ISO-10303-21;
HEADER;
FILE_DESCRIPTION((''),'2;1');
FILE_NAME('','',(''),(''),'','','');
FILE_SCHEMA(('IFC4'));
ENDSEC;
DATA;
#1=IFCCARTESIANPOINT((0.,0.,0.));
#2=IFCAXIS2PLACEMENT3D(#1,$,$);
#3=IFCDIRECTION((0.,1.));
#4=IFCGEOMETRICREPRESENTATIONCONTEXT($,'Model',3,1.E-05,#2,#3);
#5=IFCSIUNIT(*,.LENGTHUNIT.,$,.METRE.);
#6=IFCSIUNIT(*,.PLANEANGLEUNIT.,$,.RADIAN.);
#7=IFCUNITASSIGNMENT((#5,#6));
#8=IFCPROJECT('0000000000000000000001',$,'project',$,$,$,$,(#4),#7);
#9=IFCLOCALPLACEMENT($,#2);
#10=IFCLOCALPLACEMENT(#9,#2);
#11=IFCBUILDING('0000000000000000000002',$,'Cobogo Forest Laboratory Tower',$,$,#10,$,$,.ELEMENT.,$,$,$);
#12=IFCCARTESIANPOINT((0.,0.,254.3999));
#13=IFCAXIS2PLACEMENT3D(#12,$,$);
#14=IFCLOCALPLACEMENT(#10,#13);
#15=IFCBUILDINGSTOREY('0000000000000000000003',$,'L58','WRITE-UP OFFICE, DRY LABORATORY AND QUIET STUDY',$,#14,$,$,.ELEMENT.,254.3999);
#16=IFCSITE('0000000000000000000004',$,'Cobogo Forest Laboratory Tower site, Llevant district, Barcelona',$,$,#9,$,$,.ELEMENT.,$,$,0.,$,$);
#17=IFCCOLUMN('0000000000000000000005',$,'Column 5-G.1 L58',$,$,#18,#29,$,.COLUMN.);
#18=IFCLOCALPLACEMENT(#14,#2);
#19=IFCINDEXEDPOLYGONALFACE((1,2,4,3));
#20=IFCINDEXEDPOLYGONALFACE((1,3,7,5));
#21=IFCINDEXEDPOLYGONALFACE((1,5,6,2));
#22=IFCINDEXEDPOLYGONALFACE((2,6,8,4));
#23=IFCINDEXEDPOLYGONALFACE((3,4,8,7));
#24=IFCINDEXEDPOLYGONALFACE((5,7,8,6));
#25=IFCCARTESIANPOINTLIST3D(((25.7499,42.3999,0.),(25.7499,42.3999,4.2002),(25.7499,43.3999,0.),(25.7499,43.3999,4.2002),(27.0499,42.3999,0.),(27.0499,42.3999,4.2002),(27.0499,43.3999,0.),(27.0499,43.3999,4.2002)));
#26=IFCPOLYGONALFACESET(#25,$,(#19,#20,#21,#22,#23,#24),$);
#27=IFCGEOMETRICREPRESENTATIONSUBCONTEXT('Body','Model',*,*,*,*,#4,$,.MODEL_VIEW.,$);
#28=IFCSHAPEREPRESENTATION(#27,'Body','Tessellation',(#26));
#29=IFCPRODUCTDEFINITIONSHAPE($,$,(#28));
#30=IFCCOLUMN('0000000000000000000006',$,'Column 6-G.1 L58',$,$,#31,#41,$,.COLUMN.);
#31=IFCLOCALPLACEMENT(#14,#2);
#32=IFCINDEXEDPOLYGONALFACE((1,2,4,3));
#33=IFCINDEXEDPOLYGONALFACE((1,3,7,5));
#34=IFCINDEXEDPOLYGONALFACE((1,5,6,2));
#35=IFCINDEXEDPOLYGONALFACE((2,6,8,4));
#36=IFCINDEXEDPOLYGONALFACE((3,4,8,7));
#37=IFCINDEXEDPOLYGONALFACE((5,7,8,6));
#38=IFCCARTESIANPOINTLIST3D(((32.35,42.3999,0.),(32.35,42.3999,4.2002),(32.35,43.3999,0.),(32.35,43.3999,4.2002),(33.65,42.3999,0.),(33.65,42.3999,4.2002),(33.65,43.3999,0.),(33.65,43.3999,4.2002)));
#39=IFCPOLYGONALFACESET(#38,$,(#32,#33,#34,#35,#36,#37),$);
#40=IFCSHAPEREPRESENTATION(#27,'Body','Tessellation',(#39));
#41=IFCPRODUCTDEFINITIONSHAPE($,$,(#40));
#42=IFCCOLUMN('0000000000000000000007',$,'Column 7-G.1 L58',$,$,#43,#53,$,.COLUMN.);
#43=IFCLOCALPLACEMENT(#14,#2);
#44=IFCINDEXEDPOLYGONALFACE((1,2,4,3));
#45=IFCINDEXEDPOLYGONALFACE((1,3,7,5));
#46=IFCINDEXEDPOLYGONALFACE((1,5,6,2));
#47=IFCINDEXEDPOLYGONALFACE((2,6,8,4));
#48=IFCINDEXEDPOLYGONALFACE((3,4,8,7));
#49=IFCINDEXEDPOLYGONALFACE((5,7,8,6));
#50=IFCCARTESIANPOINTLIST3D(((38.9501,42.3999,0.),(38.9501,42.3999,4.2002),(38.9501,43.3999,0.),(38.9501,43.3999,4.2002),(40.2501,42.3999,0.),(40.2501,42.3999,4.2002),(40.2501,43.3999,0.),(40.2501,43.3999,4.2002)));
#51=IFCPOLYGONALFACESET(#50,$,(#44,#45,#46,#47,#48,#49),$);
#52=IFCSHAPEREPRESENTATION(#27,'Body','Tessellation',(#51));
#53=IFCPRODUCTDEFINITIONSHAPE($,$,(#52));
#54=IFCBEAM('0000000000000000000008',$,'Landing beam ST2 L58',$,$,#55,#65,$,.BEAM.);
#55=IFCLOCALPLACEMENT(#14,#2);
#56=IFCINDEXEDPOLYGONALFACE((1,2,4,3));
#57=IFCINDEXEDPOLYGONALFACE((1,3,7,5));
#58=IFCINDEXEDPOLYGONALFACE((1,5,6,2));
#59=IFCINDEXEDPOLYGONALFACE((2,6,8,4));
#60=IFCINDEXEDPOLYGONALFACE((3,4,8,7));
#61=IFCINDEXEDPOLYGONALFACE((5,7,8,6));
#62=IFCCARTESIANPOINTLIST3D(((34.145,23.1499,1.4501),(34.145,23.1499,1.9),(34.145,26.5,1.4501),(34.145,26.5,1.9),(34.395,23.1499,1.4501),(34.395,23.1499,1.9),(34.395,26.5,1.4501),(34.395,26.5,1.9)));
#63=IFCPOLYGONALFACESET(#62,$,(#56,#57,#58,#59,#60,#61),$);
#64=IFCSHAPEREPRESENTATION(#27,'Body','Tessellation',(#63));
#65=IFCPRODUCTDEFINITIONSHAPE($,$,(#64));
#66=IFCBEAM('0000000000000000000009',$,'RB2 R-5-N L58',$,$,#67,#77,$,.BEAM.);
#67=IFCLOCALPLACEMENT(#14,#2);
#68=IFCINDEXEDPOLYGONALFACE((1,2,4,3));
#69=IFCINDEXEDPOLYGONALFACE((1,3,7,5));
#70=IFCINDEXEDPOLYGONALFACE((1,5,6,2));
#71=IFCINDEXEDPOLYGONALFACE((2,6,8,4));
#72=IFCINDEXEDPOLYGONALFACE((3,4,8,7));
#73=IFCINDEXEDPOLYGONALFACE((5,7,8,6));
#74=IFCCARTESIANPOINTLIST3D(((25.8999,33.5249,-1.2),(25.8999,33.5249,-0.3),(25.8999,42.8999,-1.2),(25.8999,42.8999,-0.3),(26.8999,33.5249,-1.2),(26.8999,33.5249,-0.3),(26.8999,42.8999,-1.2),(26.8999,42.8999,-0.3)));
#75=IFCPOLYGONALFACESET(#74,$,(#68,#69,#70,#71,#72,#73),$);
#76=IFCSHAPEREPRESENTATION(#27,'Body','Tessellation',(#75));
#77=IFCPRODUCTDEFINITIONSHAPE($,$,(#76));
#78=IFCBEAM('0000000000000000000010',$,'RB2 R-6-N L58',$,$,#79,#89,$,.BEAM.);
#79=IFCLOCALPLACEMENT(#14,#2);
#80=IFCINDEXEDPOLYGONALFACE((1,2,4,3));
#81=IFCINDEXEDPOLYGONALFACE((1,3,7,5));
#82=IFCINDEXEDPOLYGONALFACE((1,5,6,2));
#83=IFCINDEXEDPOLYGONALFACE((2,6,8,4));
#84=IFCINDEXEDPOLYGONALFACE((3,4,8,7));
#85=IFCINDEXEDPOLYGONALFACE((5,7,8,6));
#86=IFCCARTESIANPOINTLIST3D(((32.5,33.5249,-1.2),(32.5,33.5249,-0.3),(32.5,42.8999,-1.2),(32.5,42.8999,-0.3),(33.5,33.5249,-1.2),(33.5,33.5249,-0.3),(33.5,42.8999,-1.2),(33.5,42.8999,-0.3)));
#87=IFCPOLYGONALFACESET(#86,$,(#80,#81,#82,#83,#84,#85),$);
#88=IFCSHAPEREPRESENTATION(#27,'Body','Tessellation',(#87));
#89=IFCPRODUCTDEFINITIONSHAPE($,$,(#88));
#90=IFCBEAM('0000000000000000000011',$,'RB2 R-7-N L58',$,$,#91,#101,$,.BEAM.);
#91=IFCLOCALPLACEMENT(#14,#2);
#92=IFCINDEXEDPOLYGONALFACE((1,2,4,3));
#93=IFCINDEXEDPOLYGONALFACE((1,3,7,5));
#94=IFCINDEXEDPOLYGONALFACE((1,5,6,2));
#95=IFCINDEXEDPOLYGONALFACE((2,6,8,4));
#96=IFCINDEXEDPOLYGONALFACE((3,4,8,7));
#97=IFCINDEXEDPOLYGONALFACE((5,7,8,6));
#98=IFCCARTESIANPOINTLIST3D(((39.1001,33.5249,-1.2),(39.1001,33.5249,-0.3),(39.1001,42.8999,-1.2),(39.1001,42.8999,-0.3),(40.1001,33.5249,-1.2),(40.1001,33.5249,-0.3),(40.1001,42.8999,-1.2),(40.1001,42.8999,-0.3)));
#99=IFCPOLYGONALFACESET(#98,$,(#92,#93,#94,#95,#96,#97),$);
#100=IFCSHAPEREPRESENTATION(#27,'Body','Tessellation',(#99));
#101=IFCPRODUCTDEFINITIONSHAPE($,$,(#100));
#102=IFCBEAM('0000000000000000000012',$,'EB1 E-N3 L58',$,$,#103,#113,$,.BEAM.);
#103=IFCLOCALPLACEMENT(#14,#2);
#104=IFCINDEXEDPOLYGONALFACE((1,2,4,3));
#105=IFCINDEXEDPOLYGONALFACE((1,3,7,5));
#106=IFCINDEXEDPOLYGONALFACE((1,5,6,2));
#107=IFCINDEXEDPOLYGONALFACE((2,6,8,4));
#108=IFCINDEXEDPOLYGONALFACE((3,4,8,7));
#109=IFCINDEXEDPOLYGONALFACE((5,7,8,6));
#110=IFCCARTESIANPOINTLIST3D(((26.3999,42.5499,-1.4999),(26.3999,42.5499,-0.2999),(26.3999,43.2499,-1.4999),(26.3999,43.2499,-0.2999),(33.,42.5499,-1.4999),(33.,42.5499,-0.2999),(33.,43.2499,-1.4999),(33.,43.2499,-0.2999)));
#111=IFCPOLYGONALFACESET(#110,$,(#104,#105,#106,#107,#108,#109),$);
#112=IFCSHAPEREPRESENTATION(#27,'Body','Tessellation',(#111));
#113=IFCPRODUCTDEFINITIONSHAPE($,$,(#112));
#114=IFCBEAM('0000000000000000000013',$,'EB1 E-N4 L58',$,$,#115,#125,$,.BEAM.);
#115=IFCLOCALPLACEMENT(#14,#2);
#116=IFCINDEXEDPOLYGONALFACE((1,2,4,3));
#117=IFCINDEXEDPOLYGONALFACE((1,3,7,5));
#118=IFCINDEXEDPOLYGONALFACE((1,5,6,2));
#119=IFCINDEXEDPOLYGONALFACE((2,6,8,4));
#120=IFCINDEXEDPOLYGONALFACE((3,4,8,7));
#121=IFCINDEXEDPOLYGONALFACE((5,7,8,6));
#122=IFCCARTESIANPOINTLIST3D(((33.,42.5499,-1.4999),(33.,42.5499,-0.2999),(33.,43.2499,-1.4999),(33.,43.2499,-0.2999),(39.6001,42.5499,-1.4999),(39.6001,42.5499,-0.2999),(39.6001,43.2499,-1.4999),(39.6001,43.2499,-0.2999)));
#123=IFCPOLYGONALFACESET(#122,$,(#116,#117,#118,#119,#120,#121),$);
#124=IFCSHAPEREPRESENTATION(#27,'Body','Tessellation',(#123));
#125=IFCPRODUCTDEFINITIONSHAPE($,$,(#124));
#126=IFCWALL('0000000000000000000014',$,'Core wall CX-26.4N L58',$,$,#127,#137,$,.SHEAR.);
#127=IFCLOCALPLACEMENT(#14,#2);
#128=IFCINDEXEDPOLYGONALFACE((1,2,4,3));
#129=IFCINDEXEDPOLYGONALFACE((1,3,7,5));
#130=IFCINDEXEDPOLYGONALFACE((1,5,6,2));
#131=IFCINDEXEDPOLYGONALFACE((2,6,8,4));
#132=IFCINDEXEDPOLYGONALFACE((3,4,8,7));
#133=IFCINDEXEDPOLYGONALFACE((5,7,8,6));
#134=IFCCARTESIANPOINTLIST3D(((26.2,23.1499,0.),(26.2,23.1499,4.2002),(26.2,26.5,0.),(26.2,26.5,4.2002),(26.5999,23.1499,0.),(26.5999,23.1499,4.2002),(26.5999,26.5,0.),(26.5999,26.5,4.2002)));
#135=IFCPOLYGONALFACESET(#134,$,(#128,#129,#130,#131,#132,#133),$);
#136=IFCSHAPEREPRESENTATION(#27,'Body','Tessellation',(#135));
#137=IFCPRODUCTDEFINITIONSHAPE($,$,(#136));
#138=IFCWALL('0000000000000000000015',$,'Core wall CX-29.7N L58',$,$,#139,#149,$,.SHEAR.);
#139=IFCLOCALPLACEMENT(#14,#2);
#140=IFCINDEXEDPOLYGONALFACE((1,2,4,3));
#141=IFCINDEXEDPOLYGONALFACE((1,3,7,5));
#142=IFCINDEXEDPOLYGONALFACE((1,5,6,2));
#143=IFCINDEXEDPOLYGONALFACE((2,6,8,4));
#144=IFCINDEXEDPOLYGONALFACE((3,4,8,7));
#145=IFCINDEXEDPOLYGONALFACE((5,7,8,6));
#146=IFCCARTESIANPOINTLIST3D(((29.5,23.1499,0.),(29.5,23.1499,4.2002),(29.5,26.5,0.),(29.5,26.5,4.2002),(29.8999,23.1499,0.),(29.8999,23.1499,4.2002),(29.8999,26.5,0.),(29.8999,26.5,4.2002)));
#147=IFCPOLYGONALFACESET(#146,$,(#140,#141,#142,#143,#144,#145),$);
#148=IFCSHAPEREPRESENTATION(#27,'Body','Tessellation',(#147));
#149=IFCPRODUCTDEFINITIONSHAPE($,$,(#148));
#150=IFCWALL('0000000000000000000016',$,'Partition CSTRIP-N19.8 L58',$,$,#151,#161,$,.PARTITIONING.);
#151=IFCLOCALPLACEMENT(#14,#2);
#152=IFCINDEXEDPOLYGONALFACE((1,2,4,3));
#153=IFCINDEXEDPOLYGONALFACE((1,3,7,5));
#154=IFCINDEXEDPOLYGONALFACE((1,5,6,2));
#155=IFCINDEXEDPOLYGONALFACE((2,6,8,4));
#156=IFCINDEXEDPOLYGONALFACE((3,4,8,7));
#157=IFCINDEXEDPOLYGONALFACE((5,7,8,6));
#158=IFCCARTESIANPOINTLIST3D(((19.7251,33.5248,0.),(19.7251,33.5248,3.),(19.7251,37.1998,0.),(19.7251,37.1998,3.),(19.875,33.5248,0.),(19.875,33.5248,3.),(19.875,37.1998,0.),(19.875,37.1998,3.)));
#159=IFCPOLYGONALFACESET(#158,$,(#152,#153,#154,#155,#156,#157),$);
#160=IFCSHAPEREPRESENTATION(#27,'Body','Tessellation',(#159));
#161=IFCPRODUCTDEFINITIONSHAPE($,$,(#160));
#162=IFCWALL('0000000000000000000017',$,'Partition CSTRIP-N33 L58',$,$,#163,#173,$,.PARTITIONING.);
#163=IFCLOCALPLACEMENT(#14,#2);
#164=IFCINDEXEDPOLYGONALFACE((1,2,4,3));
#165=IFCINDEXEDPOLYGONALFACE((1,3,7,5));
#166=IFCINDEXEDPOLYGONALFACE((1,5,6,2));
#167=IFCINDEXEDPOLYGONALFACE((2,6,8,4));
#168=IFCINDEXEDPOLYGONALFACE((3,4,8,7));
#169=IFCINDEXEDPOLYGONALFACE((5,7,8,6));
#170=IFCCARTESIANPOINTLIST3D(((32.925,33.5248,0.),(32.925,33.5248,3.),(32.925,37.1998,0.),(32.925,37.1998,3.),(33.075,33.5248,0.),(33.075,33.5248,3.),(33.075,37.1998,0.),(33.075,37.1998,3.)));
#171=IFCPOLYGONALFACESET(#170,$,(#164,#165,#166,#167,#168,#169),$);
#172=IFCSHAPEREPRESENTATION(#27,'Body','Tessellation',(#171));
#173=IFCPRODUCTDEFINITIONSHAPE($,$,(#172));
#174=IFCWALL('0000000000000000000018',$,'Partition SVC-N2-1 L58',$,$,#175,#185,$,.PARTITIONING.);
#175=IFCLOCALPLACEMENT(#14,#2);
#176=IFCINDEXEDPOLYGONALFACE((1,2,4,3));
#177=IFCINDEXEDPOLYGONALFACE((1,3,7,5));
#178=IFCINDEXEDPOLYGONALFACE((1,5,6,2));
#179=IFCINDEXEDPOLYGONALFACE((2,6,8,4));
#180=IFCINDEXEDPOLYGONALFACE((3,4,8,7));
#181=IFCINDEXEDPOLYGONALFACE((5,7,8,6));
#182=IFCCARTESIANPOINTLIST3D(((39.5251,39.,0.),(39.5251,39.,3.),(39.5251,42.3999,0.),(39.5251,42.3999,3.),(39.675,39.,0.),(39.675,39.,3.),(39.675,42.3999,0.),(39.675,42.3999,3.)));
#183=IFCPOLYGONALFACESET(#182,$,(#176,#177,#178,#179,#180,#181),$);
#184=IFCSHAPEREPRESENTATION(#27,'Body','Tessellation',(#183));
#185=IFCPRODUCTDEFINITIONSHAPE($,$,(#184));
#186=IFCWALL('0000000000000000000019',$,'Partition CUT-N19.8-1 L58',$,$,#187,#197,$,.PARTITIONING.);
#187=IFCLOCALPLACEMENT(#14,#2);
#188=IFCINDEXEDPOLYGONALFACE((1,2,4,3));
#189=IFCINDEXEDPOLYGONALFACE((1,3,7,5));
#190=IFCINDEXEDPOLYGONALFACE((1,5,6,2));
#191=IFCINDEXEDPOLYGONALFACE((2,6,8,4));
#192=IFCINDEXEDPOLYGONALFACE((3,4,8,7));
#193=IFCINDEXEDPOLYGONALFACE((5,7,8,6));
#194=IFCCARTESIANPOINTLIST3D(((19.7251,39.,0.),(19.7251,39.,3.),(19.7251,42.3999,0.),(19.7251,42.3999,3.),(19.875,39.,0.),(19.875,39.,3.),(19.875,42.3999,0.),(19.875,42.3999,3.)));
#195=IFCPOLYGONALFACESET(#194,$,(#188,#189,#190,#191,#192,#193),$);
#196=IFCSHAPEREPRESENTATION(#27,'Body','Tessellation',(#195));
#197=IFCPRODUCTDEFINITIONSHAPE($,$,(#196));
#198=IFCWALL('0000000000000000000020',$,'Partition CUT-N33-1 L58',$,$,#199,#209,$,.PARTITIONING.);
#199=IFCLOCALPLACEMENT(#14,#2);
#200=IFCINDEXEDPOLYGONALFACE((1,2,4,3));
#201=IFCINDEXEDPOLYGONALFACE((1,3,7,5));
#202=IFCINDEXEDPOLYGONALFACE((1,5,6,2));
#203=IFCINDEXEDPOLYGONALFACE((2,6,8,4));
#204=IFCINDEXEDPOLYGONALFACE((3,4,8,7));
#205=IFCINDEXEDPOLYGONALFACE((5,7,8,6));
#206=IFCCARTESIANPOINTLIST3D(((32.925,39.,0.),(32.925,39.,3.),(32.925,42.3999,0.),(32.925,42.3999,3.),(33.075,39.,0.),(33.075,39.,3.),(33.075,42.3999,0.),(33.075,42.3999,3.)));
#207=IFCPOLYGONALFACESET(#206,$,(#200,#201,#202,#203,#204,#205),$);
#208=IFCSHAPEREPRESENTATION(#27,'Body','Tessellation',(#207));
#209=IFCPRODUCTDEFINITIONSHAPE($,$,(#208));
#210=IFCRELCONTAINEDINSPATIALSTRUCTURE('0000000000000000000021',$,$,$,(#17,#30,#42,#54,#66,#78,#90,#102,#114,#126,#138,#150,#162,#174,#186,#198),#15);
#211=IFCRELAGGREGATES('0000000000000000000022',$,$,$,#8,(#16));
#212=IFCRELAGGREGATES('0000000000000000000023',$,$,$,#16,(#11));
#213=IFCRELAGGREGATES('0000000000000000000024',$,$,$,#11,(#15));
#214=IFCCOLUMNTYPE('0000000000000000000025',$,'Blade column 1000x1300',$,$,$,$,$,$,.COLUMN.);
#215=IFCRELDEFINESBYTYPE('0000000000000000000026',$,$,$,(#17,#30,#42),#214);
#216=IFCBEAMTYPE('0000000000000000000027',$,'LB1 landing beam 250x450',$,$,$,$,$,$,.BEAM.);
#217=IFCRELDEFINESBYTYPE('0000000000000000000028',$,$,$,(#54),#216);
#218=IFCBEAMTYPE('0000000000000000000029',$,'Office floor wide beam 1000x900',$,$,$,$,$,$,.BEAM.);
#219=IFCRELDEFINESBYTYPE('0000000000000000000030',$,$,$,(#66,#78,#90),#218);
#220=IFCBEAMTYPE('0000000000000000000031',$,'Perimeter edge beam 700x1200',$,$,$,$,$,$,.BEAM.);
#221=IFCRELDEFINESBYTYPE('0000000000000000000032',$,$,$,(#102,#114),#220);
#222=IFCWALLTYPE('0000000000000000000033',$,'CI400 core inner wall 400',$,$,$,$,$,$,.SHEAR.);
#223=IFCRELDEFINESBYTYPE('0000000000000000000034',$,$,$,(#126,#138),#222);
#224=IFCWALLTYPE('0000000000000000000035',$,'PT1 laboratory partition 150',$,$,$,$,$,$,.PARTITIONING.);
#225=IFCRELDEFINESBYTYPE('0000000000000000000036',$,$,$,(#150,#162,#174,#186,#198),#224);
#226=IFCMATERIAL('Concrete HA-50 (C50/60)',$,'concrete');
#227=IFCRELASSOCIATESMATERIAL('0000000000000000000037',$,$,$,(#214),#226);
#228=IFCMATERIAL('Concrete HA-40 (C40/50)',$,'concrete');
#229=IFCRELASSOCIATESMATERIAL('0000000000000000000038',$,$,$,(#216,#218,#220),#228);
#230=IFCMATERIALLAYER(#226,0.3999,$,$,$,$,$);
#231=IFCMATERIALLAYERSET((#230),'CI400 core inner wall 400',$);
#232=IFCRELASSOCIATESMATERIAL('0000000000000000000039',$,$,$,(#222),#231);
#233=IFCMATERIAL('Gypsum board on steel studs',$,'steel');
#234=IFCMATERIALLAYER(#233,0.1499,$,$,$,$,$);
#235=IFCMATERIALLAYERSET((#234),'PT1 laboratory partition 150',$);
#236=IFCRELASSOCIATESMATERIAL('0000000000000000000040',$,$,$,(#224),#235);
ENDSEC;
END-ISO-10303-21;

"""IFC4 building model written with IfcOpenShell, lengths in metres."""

from ifc_helpers import new_model, si_unit, direction, frame, frame_2d, origin, origin_2d, place, context, subcontext, project, spatial, rectangle, extrude, material, layer, layer_set, material_profile, profile_set, type_object, element, save


model = new_model("IFC4")

# Units and contexts
model_context = context("Model", 3, precision=1e-05, world=origin(), true_north=direction((0.0, 1.0)))
body_context = subcontext(model_context, "Body", "Model", "MODEL_VIEW")
ifc_project = project(units=[si_unit("LENGTHUNIT", "METRE"), si_unit("PLANEANGLEUNIT", "RADIAN")], contexts=[model_context])

# Site, building, storey
site_placement = place(None, origin())
site = spatial("IfcSite", under=ifc_project, at=site_placement, Name="Cobogo Forest Laboratory Tower site, Llevant district, Barcelona", CompositionType="ELEMENT", RefElevation=0.0)
building_placement = place(site_placement, origin())
building = spatial("IfcBuilding", under=site, at=building_placement, Name="Cobogo Forest Laboratory Tower", CompositionType="ELEMENT")
storey_placement = place(building_placement, frame((0.0, 0.0, 254.3999)))
storey = spatial("IfcBuildingStorey", under=building, at=storey_placement, Name="L58", Description="WRITE-UP OFFICE, DRY LABORATORY AND QUIET STUDY", CompositionType="ELEMENT", Elevation=254.3999)

# Columns
ifc_material_1 = material(Name="Concrete HA-50 (C50/60)", Category="concrete")
ifc_material_profile_1 = material_profile(ifc_material_1, rectangle(XDim=1.3, YDim=1.0, at=origin_2d()), Name="RC 1000x1300")
ifc_profile_set_1 = profile_set([ifc_material_profile_1], Name="Concrete HA-50 (C50/60)")
column_type = type_object("IfcColumnType", Name="Blade column 1000x1300", PredefinedType="COLUMN", material=ifc_profile_set_1)
for number, where, z_axis, x_axis, name in (
    (1, (26.3999, 42.8999, 0.0), (0.0, 0.0, 1.0), (1.0, 0.0, 0.0), "Column 5-G.1 L58"),
    (2, (33.0, 42.8999, 0.0), (0.0, 0.0, 1.0), (1.0, 0.0, 0.0), "Column 6-G.1 L58"),
    (3, (39.6001, 42.8999, 0.0), (0.0, 0.0, 1.0), (1.0, 0.0, 0.0), "Column 7-G.1 L58"),
):
    element("IfcColumn", number, at=place(storey_placement, frame(where, z_axis=z_axis, x_axis=x_axis)), inside=storey, type_object=column_type, Name=name, PredefinedType="COLUMN", context=body_context, shape_type="SweptSolid", body=[
        extrude(rectangle(XDim=1.3, YDim=1.0, at=origin_2d()), origin(), (0.0, 0.0, 1.0), 4.2002),
    ])

# Beams
ifc_material_2 = material(Name="Concrete HA-40 (C40/50)", Category="concrete")
ifc_material_profile_2 = material_profile(ifc_material_2, rectangle(XDim=0.25, YDim=0.45, at=origin_2d()), Name="RC 250x450")
ifc_profile_set_2 = profile_set([ifc_material_profile_2], Name="Concrete HA-40 (C40/50)")
beam_type_1 = type_object("IfcBeamType", Name="LB1 landing beam 250x450", PredefinedType="BEAM", material=ifc_profile_set_2)
beam_placement = place(storey_placement, frame((34.27, 23.1499, 1.675), z_axis=(0.0, 1.0, 0.0), x_axis=(-1.0, 0.0, 0.0)))
element("IfcBeam", 4, at=beam_placement, inside=storey, type_object=beam_type_1, Name="Landing beam ST2 L58", PredefinedType="BEAM", context=body_context, shape_type="SweptSolid", body=[
    extrude(rectangle(XDim=0.25, YDim=0.45, at=origin_2d()), origin(), (0.0, 0.0, 1.0), 3.3501),
])
ifc_material_profile_3 = material_profile(ifc_material_2, rectangle(XDim=1.0, YDim=0.8999, at=origin_2d()), Name="RC 1000x900")
ifc_profile_set_3 = profile_set([ifc_material_profile_3], Name="Concrete HA-40 (C40/50)")
beam_type_2 = type_object("IfcBeamType", Name="Office floor wide beam 1000x900", PredefinedType="BEAM", material=ifc_profile_set_3)
for number, where, z_axis, x_axis, name in (
    (5, (26.3999, 33.5249, -0.75), (0.0, 1.0, 0.0), (-1.0, 0.0, 0.0), "RB2 R-5-N L58"),
    (6, (33.0, 33.5249, -0.75), (0.0, 1.0, 0.0), (-1.0, 0.0, 0.0), "RB2 R-6-N L58"),
    (7, (39.6001, 33.5249, -0.75), (0.0, 1.0, 0.0), (-1.0, 0.0, 0.0), "RB2 R-7-N L58"),
):
    element("IfcBeam", number, at=place(storey_placement, frame(where, z_axis=z_axis, x_axis=x_axis)), inside=storey, type_object=beam_type_2, Name=name, PredefinedType="BEAM", context=body_context, shape_type="SweptSolid", body=[
        extrude(rectangle(XDim=1.0, YDim=0.8999, at=origin_2d()), origin(), (0.0, 0.0, 1.0), 9.375),
    ])
ifc_material_profile_4 = material_profile(ifc_material_2, rectangle(XDim=0.7, YDim=1.2, at=origin_2d()), Name="RC 700x1200")
ifc_profile_set_4 = profile_set([ifc_material_profile_4], Name="Concrete HA-40 (C40/50)")
beam_type_3 = type_object("IfcBeamType", Name="Perimeter edge beam 700x1200", PredefinedType="BEAM", material=ifc_profile_set_4)
for number, where, z_axis, x_axis, name in (
    (8, (26.3999, 42.8999, -0.8999), (1.0, 0.0, 0.0), (0.0, 1.0, 0.0), "EB1 E-N3 L58"),
    (9, (33.0, 42.8999, -0.8999), (1.0, 0.0, 0.0), (0.0, 1.0, 0.0), "EB1 E-N4 L58"),
):
    element("IfcBeam", number, at=place(storey_placement, frame(where, z_axis=z_axis, x_axis=x_axis)), inside=storey, type_object=beam_type_3, Name=name, PredefinedType="BEAM", context=body_context, shape_type="SweptSolid", body=[
        extrude(rectangle(XDim=0.7, YDim=1.2, at=origin_2d()), origin(), (0.0, 0.0, 1.0), 6.6001),
    ])

# Walls
ifc_layer_1 = layer(ifc_material_1, 0.3999)
ifc_layer_set_1 = layer_set([ifc_layer_1], Name="CI400 core inner wall 400")
wall_type_1 = type_object("IfcWallType", Name="CI400 core inner wall 400", PredefinedType="SHEAR", material=ifc_layer_set_1)
for number, where, z_axis, x_axis, name in (
    (10, (26.3999, 23.1499, 0.0), (0.0, 0.0, 1.0), (0.0, 1.0, 0.0), "Core wall CX-26.4N L58"),
    (11, (29.7, 23.1499, 0.0), (0.0, 0.0, 1.0), (0.0, 1.0, 0.0), "Core wall CX-29.7N L58"),
):
    element("IfcWall", number, at=place(storey_placement, frame(where, z_axis=z_axis, x_axis=x_axis)), inside=storey, type_object=wall_type_1, Name=name, PredefinedType="SHEAR", context=body_context, shape_type="SweptSolid", body=[
        extrude(rectangle(XDim=3.3501, YDim=0.3999, at=frame_2d((1.675, 0.0))), origin(), (0.0, 0.0, 1.0), 4.2002),
    ])
ifc_material_3 = material(Name="Gypsum board on steel studs", Category="steel")
ifc_layer_2 = layer(ifc_material_3, 0.1499)
ifc_layer_set_2 = layer_set([ifc_layer_2], Name="PT1 laboratory partition 150")
wall_type_2 = type_object("IfcWallType", Name="PT1 laboratory partition 150", PredefinedType="PARTITIONING", material=ifc_layer_set_2)
for number, where, z_axis, x_axis, name in (
    (12, (19.8, 33.5249, 0.0), (0.0, 0.0, 1.0), (0.0, 1.0, 0.0), "Partition CSTRIP-N19.8 L58"),
    (13, (33.0, 33.5249, 0.0), (0.0, 0.0, 1.0), (0.0, 1.0, 0.0), "Partition CSTRIP-N33 L58"),
):
    element("IfcWall", number, at=place(storey_placement, frame(where, z_axis=z_axis, x_axis=x_axis)), inside=storey, type_object=wall_type_2, Name=name, PredefinedType="PARTITIONING", context=body_context, shape_type="SweptSolid", body=[
        extrude(rectangle(XDim=3.675, YDim=0.1499, at=frame_2d((1.8374, 0.0))), origin(), (0.0, 0.0, 1.0), 3.0),
    ])
for number, where, z_axis, x_axis, name in (
    (14, (39.6001, 42.3999, 0.0), (0.0, 0.0, 1.0), (0.0, -1.0, 0.0), "Partition SVC-N2-1 L58"),
    (15, (19.8, 42.3999, 0.0), (0.0, 0.0, 1.0), (0.0, -1.0, 0.0), "Partition CUT-N19.8-1 L58"),
    (16, (33.0, 42.3999, 0.0), (0.0, 0.0, 1.0), (0.0, -1.0, 0.0), "Partition CUT-N33-1 L58"),
):
    element("IfcWall", number, at=place(storey_placement, frame(where, z_axis=z_axis, x_axis=x_axis)), inside=storey, type_object=wall_type_2, Name=name, PredefinedType="PARTITIONING", context=body_context, shape_type="SweptSolid", body=[
        extrude(rectangle(XDim=3.3999, YDim=0.1499, at=frame_2d((1.7, 0.0))), origin(), (0.0, 0.0, 1.0), 3.0),
    ])

save(model, "model.ifc")
